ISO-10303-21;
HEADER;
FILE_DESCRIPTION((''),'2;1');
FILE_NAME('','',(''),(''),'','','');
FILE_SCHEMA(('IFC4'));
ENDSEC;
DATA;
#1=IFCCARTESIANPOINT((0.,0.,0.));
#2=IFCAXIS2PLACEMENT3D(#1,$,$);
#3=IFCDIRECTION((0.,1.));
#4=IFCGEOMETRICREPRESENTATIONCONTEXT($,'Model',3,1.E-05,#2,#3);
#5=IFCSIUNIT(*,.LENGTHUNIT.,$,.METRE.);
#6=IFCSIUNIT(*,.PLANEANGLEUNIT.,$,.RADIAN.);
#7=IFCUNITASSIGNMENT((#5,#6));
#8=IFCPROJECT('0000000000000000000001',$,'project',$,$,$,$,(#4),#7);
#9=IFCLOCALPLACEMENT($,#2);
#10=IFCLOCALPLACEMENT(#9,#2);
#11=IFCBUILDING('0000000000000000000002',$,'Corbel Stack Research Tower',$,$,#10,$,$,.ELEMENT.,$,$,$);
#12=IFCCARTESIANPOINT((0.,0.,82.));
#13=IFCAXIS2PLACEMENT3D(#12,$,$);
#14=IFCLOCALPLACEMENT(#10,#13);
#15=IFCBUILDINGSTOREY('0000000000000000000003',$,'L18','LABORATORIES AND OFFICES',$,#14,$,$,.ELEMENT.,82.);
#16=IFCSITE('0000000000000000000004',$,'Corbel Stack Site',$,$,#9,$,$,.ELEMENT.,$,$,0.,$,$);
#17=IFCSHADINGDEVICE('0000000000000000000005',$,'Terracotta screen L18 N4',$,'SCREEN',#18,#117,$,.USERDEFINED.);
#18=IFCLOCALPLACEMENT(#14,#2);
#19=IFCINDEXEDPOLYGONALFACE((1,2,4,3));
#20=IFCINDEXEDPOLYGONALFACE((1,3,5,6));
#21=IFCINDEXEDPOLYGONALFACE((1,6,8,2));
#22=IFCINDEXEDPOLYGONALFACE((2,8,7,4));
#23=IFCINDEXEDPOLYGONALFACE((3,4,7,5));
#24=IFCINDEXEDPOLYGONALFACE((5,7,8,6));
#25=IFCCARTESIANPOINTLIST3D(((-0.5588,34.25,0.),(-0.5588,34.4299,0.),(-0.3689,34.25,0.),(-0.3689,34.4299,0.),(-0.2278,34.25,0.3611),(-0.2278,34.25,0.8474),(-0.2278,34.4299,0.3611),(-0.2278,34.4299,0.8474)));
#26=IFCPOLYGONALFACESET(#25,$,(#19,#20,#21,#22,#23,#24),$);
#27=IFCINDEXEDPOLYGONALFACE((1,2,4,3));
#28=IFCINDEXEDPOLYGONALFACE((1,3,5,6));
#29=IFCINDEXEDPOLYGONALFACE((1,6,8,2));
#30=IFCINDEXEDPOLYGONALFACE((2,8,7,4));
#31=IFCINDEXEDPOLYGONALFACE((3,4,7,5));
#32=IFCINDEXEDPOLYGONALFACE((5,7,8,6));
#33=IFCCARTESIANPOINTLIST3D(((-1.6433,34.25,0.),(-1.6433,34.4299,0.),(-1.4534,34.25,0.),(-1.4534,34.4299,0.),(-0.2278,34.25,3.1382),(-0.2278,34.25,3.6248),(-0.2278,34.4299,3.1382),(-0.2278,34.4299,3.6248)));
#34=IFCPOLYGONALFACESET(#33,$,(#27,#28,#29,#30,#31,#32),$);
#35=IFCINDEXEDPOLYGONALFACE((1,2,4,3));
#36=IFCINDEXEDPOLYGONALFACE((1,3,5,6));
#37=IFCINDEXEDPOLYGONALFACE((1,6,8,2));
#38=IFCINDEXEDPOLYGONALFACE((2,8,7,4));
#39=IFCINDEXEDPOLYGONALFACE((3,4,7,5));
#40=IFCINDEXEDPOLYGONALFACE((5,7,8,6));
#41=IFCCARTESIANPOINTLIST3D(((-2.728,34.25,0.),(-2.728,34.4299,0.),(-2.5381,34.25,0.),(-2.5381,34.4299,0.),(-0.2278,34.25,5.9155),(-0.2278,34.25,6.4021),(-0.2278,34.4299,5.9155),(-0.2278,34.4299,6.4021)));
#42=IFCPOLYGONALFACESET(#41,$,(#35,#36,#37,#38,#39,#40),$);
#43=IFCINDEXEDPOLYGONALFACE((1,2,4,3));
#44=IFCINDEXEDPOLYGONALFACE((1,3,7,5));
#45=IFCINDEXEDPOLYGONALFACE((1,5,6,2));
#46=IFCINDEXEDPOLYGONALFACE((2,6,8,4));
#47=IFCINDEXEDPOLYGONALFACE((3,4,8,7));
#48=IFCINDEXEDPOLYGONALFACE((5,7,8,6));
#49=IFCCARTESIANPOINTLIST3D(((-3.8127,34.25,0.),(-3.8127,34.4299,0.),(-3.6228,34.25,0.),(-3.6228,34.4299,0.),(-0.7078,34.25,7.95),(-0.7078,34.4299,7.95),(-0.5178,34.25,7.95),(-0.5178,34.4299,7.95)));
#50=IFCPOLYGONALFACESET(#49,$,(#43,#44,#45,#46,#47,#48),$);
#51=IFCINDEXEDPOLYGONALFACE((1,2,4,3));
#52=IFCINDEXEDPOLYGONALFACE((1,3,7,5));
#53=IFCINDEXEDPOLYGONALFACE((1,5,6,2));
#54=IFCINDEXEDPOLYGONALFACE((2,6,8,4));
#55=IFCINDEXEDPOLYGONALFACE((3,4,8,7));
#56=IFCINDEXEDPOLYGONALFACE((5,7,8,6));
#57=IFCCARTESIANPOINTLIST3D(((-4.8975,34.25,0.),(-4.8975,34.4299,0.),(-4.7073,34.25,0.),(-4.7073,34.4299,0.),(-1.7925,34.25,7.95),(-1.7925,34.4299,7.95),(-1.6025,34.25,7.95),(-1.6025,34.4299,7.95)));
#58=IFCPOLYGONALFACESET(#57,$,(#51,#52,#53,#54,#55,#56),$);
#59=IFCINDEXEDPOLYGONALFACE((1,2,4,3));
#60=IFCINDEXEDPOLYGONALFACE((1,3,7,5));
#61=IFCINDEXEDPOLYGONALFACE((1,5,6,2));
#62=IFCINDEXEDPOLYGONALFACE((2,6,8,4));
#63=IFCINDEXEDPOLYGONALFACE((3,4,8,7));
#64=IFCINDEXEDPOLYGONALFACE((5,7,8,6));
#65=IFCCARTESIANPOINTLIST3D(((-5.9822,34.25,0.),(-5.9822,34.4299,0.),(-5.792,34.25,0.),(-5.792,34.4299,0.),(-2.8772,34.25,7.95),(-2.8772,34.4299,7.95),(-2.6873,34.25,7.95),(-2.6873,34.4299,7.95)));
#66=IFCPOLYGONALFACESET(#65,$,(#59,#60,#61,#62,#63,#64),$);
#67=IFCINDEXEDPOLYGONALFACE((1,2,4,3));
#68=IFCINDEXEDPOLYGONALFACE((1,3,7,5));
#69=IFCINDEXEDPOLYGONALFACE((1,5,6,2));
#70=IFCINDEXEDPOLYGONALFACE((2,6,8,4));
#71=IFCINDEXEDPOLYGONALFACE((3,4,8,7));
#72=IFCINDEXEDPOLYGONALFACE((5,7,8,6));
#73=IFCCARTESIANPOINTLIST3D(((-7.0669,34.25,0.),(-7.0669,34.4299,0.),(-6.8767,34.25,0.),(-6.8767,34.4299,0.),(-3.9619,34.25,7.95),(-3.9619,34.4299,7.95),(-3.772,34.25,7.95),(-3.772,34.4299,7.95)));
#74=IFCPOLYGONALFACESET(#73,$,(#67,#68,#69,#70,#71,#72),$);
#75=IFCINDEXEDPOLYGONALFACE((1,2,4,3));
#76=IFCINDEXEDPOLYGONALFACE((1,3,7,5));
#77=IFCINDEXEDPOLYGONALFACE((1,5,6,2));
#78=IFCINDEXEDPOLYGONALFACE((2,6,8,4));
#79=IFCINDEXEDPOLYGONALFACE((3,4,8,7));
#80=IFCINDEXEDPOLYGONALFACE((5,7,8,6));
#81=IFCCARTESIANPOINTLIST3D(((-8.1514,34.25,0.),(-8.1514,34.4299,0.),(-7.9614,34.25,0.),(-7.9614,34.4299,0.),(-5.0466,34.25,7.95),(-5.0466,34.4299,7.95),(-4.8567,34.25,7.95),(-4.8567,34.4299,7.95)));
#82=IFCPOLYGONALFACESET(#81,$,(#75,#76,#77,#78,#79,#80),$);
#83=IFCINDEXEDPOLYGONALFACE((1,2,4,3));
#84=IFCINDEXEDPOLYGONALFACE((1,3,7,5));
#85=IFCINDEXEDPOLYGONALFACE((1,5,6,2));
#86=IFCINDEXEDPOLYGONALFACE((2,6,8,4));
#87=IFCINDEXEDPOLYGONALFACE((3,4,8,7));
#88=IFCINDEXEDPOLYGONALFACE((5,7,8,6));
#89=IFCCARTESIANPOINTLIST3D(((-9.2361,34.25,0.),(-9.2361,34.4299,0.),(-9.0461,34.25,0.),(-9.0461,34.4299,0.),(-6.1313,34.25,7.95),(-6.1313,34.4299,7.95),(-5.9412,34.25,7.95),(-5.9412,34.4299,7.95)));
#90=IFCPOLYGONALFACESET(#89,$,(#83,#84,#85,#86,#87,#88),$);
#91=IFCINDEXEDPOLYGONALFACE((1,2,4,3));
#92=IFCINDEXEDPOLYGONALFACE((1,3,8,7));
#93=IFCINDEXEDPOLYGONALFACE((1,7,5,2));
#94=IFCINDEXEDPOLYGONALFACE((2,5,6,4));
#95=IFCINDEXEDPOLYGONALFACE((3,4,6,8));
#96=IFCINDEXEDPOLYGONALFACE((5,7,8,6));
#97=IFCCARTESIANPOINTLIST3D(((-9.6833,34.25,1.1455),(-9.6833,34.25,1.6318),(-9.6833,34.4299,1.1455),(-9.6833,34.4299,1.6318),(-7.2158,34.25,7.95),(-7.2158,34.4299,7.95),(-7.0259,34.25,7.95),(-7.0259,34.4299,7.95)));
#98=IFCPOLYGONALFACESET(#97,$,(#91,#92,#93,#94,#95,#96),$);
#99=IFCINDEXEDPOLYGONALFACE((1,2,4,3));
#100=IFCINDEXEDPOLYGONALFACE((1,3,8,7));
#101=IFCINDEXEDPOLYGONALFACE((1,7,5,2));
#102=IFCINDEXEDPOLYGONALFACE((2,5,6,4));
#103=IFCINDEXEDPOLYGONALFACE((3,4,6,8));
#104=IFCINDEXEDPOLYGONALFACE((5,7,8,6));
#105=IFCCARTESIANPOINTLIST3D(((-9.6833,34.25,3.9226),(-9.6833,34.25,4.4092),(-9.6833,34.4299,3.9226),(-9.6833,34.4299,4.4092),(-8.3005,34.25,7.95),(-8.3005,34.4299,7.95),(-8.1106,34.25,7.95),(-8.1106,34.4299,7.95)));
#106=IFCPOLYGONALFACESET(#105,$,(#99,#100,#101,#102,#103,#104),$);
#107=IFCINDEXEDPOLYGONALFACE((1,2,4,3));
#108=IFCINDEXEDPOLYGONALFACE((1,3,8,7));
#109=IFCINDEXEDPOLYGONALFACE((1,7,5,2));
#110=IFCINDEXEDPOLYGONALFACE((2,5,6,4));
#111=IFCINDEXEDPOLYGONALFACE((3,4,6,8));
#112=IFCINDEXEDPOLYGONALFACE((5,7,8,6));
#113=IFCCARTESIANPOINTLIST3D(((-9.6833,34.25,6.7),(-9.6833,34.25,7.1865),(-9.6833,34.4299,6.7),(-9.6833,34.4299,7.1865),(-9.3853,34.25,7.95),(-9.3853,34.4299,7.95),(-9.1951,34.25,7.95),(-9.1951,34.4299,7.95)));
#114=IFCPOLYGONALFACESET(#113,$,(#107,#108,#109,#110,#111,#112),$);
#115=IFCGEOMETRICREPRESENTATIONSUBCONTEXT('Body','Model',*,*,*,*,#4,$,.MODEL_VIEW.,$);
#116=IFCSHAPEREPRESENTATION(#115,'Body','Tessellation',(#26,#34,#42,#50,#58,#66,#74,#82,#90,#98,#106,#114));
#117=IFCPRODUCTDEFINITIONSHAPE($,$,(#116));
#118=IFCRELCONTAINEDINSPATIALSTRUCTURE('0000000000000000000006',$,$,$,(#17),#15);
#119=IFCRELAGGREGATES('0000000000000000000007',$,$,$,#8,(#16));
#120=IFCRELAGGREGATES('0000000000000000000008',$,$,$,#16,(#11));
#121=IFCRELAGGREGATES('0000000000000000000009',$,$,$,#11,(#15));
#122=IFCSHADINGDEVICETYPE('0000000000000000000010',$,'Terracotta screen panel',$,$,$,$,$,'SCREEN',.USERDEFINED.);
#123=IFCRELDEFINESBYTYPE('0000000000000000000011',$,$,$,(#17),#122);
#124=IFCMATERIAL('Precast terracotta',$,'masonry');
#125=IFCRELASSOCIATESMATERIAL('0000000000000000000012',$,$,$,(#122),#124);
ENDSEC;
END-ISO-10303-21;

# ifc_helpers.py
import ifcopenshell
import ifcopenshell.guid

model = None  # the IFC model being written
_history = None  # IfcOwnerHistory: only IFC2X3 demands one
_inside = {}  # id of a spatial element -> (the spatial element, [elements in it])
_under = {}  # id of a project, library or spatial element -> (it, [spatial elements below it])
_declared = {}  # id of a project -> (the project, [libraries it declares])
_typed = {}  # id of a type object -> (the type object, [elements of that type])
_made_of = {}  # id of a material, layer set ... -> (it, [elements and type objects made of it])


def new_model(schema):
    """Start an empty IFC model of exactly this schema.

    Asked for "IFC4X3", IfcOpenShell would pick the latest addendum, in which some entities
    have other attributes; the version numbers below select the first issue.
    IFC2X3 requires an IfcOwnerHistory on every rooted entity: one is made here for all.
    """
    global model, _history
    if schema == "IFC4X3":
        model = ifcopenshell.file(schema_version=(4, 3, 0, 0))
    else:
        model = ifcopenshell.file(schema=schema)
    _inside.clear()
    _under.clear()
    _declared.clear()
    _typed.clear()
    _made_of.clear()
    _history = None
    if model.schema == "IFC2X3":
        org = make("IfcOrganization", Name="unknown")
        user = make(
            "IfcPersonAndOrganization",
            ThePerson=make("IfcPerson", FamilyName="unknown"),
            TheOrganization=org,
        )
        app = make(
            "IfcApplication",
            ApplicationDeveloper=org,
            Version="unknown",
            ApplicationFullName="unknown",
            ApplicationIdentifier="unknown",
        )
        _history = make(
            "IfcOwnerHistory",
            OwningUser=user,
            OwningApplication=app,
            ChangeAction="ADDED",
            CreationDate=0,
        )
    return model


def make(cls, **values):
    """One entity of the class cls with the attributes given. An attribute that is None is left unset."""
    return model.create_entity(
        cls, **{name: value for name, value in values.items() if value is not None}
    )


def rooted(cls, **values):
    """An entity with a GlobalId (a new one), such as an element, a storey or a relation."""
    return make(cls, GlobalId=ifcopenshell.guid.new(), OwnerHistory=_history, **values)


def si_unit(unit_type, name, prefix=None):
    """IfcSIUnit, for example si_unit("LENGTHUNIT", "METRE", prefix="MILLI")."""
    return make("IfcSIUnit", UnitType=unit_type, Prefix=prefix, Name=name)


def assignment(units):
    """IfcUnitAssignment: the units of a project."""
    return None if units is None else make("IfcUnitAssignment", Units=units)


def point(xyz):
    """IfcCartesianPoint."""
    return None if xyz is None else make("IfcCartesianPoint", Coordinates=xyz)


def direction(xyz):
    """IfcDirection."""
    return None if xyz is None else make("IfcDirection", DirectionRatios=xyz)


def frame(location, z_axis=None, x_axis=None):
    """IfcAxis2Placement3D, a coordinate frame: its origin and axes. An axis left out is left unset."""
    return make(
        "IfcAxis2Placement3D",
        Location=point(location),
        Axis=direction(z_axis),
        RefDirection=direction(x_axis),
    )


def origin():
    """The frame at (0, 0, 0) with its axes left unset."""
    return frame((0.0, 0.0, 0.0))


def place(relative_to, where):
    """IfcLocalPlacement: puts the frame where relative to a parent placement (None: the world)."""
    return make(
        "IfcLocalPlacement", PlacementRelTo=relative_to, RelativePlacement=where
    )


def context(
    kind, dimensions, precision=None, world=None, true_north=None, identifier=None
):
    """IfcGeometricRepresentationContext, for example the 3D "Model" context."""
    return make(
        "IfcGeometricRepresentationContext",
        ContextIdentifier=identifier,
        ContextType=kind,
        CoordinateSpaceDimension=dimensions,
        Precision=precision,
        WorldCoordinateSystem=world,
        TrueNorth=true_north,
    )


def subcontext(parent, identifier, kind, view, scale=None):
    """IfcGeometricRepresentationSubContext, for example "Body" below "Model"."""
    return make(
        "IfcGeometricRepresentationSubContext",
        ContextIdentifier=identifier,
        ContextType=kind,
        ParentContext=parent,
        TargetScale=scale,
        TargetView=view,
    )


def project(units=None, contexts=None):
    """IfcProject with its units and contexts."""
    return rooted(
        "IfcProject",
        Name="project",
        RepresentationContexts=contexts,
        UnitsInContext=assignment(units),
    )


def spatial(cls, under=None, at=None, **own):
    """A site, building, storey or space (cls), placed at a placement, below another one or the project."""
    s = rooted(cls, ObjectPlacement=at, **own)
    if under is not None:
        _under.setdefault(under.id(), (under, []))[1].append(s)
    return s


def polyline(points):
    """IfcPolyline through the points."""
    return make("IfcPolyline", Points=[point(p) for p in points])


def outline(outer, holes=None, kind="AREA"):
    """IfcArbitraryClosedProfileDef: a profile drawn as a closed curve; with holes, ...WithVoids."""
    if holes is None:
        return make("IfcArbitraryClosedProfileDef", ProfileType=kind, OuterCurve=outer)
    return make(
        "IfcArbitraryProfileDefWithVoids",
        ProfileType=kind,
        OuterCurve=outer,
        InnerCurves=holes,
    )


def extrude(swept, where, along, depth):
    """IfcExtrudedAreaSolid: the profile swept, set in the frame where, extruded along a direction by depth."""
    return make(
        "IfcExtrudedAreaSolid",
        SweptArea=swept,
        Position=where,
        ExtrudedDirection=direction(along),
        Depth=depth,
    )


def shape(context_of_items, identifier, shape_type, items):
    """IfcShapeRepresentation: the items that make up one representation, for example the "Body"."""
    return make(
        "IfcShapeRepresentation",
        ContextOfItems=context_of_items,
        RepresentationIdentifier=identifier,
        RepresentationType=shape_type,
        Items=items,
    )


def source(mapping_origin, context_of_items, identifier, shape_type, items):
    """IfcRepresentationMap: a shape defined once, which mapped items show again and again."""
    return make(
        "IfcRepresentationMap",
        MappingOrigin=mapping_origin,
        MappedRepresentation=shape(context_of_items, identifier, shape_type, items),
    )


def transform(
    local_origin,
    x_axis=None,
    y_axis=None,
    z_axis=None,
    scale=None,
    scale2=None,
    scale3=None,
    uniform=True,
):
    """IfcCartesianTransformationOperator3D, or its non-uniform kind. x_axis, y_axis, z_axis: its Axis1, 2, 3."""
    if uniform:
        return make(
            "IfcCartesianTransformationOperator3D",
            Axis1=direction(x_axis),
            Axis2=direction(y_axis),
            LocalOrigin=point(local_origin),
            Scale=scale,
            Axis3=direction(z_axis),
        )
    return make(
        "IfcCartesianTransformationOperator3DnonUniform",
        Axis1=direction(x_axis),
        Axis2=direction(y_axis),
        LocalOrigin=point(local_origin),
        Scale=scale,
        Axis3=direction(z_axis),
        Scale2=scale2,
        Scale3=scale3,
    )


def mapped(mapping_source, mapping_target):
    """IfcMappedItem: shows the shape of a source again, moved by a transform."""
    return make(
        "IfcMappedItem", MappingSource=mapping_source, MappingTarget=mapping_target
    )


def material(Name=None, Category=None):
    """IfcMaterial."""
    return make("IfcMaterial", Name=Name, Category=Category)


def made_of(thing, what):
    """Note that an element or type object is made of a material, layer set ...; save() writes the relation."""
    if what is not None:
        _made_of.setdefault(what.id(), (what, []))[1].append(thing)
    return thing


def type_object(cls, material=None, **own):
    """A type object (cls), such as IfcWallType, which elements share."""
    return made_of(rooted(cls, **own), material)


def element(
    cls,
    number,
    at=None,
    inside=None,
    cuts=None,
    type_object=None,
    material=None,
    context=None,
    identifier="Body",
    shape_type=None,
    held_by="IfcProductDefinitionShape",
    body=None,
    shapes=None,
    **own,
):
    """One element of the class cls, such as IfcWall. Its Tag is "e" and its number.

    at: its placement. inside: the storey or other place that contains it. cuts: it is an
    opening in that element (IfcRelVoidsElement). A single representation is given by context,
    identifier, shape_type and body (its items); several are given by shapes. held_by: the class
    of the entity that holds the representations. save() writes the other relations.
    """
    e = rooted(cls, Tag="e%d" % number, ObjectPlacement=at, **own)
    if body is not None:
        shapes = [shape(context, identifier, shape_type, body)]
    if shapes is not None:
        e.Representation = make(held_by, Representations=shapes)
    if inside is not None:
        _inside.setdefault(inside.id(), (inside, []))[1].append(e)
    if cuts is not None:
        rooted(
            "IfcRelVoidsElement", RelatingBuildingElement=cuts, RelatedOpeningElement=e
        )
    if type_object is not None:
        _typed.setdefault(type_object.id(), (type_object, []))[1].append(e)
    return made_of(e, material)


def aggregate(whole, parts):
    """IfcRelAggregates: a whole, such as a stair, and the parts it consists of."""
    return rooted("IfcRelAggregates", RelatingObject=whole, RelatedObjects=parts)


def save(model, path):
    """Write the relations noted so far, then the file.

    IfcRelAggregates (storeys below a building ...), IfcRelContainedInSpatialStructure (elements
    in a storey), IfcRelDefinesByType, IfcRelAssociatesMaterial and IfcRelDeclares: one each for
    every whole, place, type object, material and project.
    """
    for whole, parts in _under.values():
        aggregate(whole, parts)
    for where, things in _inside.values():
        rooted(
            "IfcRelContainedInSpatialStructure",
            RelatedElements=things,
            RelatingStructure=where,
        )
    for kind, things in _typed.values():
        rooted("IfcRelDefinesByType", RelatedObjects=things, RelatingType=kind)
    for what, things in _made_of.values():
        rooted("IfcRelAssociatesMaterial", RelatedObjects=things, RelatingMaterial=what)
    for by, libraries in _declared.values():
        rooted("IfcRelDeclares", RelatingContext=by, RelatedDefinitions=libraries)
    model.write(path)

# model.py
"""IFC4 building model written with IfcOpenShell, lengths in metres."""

from ifc_helpers import new_model, si_unit, direction, frame, origin, place, context, subcontext, project, spatial, polyline, outline, extrude, source, transform, mapped, material, type_object, element, save


model = new_model("IFC4")

# Units and contexts
model_context = context("Model", 3, precision=1e-05, world=origin(), true_north=direction((0.0, 1.0)))
body_context = subcontext(model_context, "Body", "Model", "MODEL_VIEW")
ifc_project = project(units=[si_unit("LENGTHUNIT", "METRE"), si_unit("PLANEANGLEUNIT", "RADIAN")], contexts=[model_context])

# Site, building, storey
site_placement = place(None, origin())
site = spatial("IfcSite", under=ifc_project, at=site_placement, Name="Corbel Stack Site", CompositionType="ELEMENT", RefElevation=0.0)
building_placement = place(site_placement, origin())
building = spatial("IfcBuilding", under=site, at=building_placement, Name="Corbel Stack Research Tower", CompositionType="ELEMENT")
storey_placement = place(building_placement, frame((0.0, 0.0, 82.0)))
storey = spatial("IfcBuildingStorey", under=building, at=storey_placement, Name="L18", Description="LABORATORIES AND OFFICES", CompositionType="ELEMENT", Elevation=82.0)

# Shading device
ifc_material_1 = material(Name="Precast terracotta", Category="masonry")
shading_device_type = type_object("IfcShadingDeviceType", Name="Terracotta screen panel", ElementType="SCREEN", PredefinedType="USERDEFINED", material=ifc_material_1)
shared_shape_1 = source(origin(), body_context, "Body", "SweptSolid", [
    extrude(outline(polyline([(0.3311, 0.0), (0.0, 0.8474), (0.0, 0.3611), (0.1411, 0.0), (0.3311, 0.0)])), frame((0.0, 0.0, 0.0), z_axis=(0.0, -1.0, 0.0), x_axis=(1.0, 0.0, 0.0)), (0.0, 0.0, 1.0), 0.1799),
    extrude(outline(polyline([(1.4155, 0.0), (0.0, 3.6248), (0.0, 3.1382), (1.2256, 0.0), (1.4155, 0.0)])), frame((0.0, 0.0, 0.0), z_axis=(0.0, -1.0, 0.0), x_axis=(1.0, 0.0, 0.0)), (0.0, 0.0, 1.0), 0.1799),
    extrude(outline(polyline([(2.5002, 0.0), (0.0, 6.4021), (0.0, 5.9155), (2.3103, 0.0), (2.5002, 0.0)])), frame((0.0, 0.0, 0.0), z_axis=(0.0, -1.0, 0.0), x_axis=(1.0, 0.0, 0.0)), (0.0, 0.0, 1.0), 0.1799),
    extrude(outline(polyline([(3.585, 0.0), (0.48, 7.95), (0.29, 7.95), (3.395, 0.0), (3.585, 0.0)])), frame((0.0, 0.0, 0.0), z_axis=(0.0, -1.0, 0.0), x_axis=(1.0, 0.0, 0.0)), (0.0, 0.0, 1.0), 0.1799),
    extrude(outline(polyline([(4.6697, 0.0), (1.5647, 7.95), (1.3748, 7.95), (4.4795, 0.0), (4.6697, 0.0)])), frame((0.0, 0.0, 0.0), z_axis=(0.0, -1.0, 0.0), x_axis=(1.0, 0.0, 0.0)), (0.0, 0.0, 1.0), 0.1799),
    extrude(outline(polyline([(5.7544, 0.0), (2.6494, 7.95), (2.4595, 7.95), (5.5642, 0.0), (5.7544, 0.0)])), frame((0.0, 0.0, 0.0), z_axis=(0.0, -1.0, 0.0), x_axis=(1.0, 0.0, 0.0)), (0.0, 0.0, 1.0), 0.1799),
    extrude(outline(polyline([(6.8391, 0.0), (3.7341, 7.95), (3.5442, 7.95), (6.6489, 0.0), (6.8391, 0.0)])), frame((0.0, 0.0, 0.0), z_axis=(0.0, -1.0, 0.0), x_axis=(1.0, 0.0, 0.0)), (0.0, 0.0, 1.0), 0.1799),
    extrude(outline(polyline([(7.9236, 0.0), (4.8188, 7.95), (4.6289, 7.95), (7.7336, 0.0), (7.9236, 0.0)])), frame((0.0, 0.0, 0.0), z_axis=(0.0, -1.0, 0.0), x_axis=(1.0, 0.0, 0.0)), (0.0, 0.0, 1.0), 0.1799),
    extrude(outline(polyline([(9.0083, 0.0), (5.9036, 7.95), (5.7134, 7.95), (8.8184, 0.0), (9.0083, 0.0)])), frame((0.0, 0.0, 0.0), z_axis=(0.0, -1.0, 0.0), x_axis=(1.0, 0.0, 0.0)), (0.0, 0.0, 1.0), 0.1799),
    extrude(outline(polyline([(6.988, 7.95), (6.7981, 7.95), (9.4556, 1.1455), (9.4556, 1.6318), (6.988, 7.95)])), frame((0.0, 0.0, 0.0), z_axis=(0.0, -1.0, 0.0), x_axis=(1.0, 0.0, 0.0)), (0.0, 0.0, 1.0), 0.1799),
    extrude(outline(polyline([(8.0728, 7.95), (7.8828, 7.95), (9.4556, 3.9226), (9.4556, 4.4092), (8.0728, 7.95)])), frame((0.0, 0.0, 0.0), z_axis=(0.0, -1.0, 0.0), x_axis=(1.0, 0.0, 0.0)), (0.0, 0.0, 1.0), 0.1799),
    extrude(outline(polyline([(9.1575, 7.95), (8.9673, 7.95), (9.4556, 6.7), (9.4556, 7.1865), (9.1575, 7.95)])), frame((0.0, 0.0, 0.0), z_axis=(0.0, -1.0, 0.0), x_axis=(1.0, 0.0, 0.0)), (0.0, 0.0, 1.0), 0.1799),
])
shading_device_1_placement = place(storey_placement, frame((-0.2278, 34.25, 0.0), z_axis=(0.0, 0.0, 1.0), x_axis=(-1.0, 0.0, 0.0)))
element("IfcShadingDevice", 1, at=shading_device_1_placement, inside=storey, type_object=shading_device_type, Name="Terracotta screen L18 N4", ObjectType="SCREEN", PredefinedType="USERDEFINED", context=body_context, shape_type="MappedRepresentation", body=[
    mapped(shared_shape_1, transform((0.0, 0.0, 0.0))),
])

save(model, "model.ifc")
